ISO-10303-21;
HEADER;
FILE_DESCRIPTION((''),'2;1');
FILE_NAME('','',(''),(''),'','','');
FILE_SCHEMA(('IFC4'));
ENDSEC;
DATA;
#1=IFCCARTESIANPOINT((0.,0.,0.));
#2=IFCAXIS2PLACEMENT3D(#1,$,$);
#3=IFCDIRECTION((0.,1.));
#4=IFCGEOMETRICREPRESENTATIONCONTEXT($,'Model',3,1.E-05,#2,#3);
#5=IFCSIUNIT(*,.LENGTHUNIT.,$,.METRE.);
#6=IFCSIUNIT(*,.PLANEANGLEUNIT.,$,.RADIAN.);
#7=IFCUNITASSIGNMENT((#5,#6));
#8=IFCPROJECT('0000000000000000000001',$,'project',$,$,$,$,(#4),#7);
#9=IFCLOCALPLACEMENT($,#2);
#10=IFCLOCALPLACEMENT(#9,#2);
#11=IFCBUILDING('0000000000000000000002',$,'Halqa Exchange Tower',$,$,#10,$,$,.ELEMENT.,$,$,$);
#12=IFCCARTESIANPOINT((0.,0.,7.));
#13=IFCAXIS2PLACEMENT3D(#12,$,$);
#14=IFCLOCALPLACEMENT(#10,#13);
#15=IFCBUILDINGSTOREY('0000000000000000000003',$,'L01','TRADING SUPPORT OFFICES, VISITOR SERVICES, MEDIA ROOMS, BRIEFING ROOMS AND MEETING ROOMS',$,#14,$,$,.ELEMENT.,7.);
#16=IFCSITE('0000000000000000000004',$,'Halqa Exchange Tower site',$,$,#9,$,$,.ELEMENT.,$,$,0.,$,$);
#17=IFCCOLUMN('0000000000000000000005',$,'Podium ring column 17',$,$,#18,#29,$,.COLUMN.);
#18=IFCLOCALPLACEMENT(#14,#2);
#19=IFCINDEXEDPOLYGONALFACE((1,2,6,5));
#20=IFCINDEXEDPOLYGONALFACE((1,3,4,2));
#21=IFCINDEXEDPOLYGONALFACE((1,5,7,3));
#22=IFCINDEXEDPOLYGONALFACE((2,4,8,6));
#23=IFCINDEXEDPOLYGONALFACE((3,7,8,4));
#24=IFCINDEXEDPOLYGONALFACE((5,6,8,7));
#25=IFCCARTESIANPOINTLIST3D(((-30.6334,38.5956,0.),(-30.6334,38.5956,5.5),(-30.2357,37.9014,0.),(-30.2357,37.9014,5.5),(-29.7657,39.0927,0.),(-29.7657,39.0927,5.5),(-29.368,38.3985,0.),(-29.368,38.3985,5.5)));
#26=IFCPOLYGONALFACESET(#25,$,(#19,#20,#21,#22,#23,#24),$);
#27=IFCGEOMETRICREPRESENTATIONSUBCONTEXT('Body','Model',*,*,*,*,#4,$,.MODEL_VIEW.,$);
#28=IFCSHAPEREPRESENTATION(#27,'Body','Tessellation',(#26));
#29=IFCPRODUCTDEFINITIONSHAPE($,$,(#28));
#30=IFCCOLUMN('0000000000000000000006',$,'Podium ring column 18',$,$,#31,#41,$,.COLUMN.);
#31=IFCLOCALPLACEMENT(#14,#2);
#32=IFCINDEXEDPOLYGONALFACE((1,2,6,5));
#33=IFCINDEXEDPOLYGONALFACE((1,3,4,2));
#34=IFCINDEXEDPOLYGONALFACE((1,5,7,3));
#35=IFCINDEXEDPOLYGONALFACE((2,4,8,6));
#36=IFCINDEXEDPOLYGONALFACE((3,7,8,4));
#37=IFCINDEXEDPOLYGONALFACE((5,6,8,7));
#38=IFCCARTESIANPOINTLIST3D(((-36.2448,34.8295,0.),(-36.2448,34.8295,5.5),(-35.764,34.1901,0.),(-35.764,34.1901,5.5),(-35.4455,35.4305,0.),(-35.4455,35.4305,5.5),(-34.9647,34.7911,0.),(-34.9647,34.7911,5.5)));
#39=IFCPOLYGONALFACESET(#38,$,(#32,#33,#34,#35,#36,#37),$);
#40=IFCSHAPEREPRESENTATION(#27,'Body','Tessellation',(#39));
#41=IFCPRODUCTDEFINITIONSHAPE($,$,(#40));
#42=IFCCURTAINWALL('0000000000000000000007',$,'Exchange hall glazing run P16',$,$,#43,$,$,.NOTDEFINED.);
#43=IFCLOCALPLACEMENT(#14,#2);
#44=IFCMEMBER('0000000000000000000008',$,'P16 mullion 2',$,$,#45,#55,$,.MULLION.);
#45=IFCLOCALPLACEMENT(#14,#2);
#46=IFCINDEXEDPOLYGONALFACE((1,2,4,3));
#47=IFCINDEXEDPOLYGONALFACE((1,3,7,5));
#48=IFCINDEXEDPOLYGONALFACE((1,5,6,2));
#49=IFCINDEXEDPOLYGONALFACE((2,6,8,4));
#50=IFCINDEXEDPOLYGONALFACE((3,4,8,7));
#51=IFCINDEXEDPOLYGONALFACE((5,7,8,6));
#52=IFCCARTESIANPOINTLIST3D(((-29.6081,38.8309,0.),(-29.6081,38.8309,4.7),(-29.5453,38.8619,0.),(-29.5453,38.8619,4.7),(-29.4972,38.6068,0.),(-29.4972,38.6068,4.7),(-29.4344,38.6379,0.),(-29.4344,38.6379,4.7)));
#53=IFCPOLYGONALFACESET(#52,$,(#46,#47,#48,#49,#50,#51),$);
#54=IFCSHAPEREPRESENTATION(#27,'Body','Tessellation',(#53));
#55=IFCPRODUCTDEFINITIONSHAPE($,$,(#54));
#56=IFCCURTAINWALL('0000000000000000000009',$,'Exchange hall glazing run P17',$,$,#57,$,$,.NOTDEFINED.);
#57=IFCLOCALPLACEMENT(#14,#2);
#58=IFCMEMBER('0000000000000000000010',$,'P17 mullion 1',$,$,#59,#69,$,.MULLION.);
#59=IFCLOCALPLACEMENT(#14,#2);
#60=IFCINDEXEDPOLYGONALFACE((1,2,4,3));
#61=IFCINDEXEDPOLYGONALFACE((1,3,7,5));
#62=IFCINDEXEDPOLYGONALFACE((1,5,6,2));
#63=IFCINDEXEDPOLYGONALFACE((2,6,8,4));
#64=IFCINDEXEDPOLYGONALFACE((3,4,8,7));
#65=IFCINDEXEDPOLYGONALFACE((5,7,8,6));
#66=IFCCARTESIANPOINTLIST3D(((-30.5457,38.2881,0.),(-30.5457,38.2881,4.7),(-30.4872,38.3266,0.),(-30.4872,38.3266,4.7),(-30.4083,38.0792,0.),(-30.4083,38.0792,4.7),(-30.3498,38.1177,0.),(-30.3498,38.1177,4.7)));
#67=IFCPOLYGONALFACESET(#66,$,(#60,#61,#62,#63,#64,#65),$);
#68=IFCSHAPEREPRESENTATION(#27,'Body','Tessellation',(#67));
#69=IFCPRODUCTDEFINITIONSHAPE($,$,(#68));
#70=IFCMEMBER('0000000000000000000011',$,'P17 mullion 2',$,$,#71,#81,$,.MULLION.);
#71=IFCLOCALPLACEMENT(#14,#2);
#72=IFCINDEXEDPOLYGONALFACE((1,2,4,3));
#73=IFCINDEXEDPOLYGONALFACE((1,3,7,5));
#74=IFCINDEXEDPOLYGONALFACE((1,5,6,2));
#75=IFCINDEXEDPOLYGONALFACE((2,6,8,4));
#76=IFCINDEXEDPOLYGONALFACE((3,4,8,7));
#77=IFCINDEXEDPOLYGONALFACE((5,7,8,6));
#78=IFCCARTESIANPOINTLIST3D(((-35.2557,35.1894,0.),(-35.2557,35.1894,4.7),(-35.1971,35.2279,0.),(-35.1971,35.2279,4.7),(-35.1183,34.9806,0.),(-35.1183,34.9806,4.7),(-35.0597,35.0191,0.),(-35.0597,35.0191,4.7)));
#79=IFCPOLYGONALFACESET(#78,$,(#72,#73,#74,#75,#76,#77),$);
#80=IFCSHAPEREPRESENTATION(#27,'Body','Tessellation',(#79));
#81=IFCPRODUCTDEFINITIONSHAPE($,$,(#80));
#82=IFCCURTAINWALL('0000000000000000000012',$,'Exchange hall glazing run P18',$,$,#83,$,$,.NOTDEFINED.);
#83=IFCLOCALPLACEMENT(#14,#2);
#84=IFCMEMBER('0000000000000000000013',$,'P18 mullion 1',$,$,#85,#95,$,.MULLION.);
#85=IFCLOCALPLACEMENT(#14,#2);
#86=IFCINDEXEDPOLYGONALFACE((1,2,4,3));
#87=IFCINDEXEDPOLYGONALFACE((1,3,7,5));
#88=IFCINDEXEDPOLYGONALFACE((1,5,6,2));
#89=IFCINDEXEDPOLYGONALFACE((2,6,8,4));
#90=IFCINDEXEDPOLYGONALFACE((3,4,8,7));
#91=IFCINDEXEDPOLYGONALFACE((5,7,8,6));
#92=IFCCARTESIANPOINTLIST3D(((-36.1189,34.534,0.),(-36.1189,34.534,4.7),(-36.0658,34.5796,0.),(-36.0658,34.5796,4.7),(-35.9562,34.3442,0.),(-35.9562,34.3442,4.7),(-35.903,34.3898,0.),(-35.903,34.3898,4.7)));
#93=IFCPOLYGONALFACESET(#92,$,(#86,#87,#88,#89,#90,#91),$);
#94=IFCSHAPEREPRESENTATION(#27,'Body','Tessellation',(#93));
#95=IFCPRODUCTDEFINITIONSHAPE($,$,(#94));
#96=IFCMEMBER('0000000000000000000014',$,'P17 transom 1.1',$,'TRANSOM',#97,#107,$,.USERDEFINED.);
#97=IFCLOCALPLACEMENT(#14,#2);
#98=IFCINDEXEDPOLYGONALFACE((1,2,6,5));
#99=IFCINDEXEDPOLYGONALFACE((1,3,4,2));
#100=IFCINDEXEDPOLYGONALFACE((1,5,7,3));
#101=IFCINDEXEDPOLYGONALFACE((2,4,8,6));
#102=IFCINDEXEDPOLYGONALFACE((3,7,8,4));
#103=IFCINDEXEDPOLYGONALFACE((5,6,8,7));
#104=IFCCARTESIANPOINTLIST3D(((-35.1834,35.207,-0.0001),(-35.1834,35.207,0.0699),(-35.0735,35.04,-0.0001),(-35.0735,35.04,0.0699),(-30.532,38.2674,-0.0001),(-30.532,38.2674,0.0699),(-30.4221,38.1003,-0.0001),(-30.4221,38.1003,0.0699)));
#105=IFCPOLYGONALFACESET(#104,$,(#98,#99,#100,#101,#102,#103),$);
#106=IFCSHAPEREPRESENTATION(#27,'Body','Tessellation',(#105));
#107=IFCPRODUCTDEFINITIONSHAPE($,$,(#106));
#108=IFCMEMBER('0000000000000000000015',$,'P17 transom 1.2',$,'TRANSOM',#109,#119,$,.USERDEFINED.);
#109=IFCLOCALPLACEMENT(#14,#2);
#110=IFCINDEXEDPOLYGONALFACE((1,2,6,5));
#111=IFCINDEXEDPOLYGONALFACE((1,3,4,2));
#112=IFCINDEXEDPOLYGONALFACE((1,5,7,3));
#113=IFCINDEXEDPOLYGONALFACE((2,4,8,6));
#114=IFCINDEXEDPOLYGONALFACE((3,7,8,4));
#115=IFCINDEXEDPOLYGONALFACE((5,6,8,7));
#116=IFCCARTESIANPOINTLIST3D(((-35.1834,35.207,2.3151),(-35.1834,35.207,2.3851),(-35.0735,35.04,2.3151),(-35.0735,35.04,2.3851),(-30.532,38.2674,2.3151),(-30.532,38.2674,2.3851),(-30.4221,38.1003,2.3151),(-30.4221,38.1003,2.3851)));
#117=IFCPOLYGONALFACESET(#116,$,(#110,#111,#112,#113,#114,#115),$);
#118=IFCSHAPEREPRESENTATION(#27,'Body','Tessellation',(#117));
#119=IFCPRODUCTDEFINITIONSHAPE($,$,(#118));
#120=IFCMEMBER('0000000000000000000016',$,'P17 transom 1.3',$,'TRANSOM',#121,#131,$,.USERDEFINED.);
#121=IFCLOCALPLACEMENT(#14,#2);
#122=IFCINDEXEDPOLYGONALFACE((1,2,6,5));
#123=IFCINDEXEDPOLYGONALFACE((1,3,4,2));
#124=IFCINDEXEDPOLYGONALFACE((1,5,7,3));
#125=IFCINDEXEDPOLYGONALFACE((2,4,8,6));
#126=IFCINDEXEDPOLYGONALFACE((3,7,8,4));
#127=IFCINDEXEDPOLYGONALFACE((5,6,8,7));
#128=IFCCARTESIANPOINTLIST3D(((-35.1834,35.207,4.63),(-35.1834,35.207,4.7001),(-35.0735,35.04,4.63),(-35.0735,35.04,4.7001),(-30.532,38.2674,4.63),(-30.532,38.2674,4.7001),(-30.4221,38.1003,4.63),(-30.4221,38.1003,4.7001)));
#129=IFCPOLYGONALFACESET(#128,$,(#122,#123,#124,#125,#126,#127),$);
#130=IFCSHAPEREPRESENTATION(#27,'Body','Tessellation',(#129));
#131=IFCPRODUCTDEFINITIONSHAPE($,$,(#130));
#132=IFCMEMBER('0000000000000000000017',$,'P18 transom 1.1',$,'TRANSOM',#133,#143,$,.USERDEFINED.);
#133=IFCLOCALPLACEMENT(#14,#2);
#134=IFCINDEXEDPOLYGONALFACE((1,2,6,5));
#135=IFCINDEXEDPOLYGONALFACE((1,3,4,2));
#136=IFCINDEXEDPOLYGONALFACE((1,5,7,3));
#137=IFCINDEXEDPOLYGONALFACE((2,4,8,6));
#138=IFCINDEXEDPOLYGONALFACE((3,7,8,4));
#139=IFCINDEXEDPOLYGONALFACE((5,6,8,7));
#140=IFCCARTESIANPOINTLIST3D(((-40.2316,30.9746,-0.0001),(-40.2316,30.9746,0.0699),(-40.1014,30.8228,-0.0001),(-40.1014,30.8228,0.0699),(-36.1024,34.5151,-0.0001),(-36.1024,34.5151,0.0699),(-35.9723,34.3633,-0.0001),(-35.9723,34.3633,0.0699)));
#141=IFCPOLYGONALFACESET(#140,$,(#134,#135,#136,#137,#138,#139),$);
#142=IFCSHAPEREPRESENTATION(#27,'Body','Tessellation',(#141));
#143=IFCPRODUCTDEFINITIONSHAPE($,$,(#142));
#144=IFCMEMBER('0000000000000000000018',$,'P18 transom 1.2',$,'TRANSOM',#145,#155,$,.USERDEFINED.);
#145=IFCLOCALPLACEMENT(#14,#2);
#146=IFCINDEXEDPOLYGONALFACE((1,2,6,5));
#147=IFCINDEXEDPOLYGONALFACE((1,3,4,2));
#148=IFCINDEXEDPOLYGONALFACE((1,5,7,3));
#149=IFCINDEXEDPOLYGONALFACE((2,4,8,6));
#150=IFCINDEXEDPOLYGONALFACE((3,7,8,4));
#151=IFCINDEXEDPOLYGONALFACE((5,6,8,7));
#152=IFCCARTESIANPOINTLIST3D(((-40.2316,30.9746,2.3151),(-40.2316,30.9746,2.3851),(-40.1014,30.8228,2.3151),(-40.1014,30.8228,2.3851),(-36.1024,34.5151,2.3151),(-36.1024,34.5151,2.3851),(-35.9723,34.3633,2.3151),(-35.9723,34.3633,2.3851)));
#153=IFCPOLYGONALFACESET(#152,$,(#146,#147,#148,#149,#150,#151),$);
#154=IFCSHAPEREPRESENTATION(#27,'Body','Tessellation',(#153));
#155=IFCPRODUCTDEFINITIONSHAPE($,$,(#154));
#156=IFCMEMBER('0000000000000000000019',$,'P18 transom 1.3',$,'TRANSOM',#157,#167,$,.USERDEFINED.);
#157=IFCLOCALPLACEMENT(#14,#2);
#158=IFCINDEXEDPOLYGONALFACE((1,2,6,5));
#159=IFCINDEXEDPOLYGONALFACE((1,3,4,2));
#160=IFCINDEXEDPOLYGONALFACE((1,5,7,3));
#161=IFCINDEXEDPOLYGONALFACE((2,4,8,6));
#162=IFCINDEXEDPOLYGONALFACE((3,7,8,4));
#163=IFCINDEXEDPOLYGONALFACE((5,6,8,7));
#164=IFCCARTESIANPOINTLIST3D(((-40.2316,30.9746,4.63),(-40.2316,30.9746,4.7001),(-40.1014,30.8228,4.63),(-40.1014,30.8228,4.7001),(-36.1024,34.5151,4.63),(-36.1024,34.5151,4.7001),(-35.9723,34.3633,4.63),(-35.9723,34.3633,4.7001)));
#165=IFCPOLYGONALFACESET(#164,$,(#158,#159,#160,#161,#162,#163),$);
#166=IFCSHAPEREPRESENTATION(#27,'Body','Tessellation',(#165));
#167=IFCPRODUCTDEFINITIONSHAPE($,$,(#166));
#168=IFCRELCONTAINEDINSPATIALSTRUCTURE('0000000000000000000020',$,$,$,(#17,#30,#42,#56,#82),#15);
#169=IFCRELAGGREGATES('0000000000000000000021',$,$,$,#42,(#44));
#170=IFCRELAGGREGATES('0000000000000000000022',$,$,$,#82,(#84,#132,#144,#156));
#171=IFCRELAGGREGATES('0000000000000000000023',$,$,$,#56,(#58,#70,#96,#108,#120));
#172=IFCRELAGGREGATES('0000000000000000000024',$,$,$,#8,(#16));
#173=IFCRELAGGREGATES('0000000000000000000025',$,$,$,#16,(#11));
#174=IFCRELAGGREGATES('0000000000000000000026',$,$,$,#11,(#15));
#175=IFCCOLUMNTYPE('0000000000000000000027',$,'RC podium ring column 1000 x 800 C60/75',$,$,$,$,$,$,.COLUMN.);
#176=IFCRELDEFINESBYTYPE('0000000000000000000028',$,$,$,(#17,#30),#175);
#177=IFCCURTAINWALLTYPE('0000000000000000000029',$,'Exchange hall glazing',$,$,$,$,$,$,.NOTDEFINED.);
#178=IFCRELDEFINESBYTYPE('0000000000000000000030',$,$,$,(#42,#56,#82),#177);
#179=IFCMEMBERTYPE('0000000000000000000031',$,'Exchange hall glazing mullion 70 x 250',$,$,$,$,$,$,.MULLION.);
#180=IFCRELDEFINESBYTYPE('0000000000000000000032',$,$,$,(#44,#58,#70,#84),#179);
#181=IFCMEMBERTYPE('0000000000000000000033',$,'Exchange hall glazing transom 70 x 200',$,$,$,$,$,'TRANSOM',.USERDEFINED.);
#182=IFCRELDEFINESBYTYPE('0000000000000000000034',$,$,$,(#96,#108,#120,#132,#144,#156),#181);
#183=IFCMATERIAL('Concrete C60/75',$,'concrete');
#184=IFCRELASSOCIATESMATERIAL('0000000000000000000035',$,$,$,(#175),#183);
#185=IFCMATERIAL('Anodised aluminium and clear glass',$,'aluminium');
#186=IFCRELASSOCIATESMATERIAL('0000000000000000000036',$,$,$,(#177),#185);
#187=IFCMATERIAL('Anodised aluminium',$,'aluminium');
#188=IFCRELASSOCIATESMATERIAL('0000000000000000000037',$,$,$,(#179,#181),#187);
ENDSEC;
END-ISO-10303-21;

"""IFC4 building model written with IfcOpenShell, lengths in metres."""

from ifc_helpers import new_model, si_unit, direction, frame, origin, origin_2d, place, context, subcontext, project, spatial, rectangle, extrude, material, material_profile, profile_set, type_object, element, aggregate, save


model = new_model("IFC4")

# Units and contexts
model_context = context("Model", 3, precision=1e-05, world=origin(), true_north=direction((0.0, 1.0)))
body_context = subcontext(model_context, "Body", "Model", "MODEL_VIEW")
ifc_project = project(units=[si_unit("LENGTHUNIT", "METRE"), si_unit("PLANEANGLEUNIT", "RADIAN")], contexts=[model_context])

# Site, building, storey
site_placement = place(None, origin())
site = spatial("IfcSite", under=ifc_project, at=site_placement, Name="Halqa Exchange Tower site", CompositionType="ELEMENT", RefElevation=0.0)
building_placement = place(site_placement, origin())
building = spatial("IfcBuilding", under=site, at=building_placement, Name="Halqa Exchange Tower", CompositionType="ELEMENT")
storey_placement = place(building_placement, frame((0.0, 0.0, 7.0)))
storey = spatial("IfcBuildingStorey", under=building, at=storey_placement, Name="L01", Description="TRADING SUPPORT OFFICES, VISITOR SERVICES, MEDIA ROOMS, BRIEFING ROOMS AND MEETING ROOMS", CompositionType="ELEMENT", Elevation=7.0)

# Columns
ifc_material_1 = material(Name="Concrete C60/75", Category="concrete")
ifc_material_profile_1 = material_profile(ifc_material_1, rectangle(XDim=1.0, YDim=0.8, at=origin_2d()), Name="1000 x 800")
ifc_profile_set_1 = profile_set([ifc_material_profile_1], Name="Concrete C60/75")
column_type = type_object("IfcColumnType", Name="RC podium ring column 1000 x 800 C60/75", PredefinedType="COLUMN", material=ifc_profile_set_1)
for number, where, z_axis, x_axis, name in (
    (1, (-30.0007, 38.4971, 0.0), (0.0, 0.0, 1.0), (-0.867693, -0.4971, 0.0), "Podium ring column 17"),
    (2, (-35.6047, 34.8103, 0.0), (0.0, 0.0, 1.0), (-0.79926, -0.600985, 0.0), "Podium ring column 18"),
):
    element("IfcColumn", number, at=place(storey_placement, frame(where, z_axis=z_axis, x_axis=x_axis)), inside=storey, type_object=column_type, Name=name, PredefinedType="COLUMN", context=body_context, shape_type="SweptSolid", body=[
        extrude(rectangle(XDim=1.0, YDim=0.8, at=origin_2d()), origin(), (0.0, 0.0, 1.0), 5.5),
    ])

# Curtain wall, member
ifc_material_2 = material(Name="Anodised aluminium and clear glass", Category="aluminium")
curtain_wall_type = type_object("IfcCurtainWallType", Name="Exchange hall glazing", PredefinedType="NOTDEFINED", material=ifc_material_2)
curtain_wall_1_placement = place(storey_placement, origin())
curtain_wall_1 = element("IfcCurtainWall", 3, at=curtain_wall_1_placement, inside=storey, type_object=curtain_wall_type, Name="Exchange hall glazing run P16", PredefinedType="NOTDEFINED")
ifc_material_3 = material(Name="Anodised aluminium", Category="aluminium")
ifc_material_profile_2 = material_profile(ifc_material_3, rectangle(XDim=0.25, YDim=0.0701, at=origin_2d()), Name="AL 70x250")
ifc_profile_set_2 = profile_set([ifc_material_profile_2], Name="Anodised aluminium")
member_type_1 = type_object("IfcMemberType", Name="Exchange hall glazing mullion 70 x 250", PredefinedType="MULLION", material=ifc_profile_set_2)
member_1_placement = place(storey_placement, frame((-29.5212, 38.7344, 0.0), z_axis=(0.0, 0.0, 1.0), x_axis=(0.443653, -0.896198, 0.0)))
member_1 = element("IfcMember", 4, at=member_1_placement, type_object=member_type_1, Name="P16 mullion 2", PredefinedType="MULLION", context=body_context, shape_type="SweptSolid", body=[
    extrude(rectangle(XDim=0.25, YDim=0.0701, at=origin_2d()), origin(), (0.0, 0.0, 1.0), 4.7),
])
aggregate(curtain_wall_1, [member_1])

# Curtain wall, members
curtain_wall_2_placement = place(storey_placement, origin())
curtain_wall_2 = element("IfcCurtainWall", 5, at=curtain_wall_2_placement, inside=storey, type_object=curtain_wall_type, Name="Exchange hall glazing run P17", PredefinedType="NOTDEFINED")
member_2_placement = place(storey_placement, frame((-30.4478, 38.2029, 0.0), z_axis=(0.0, 0.0, 1.0), x_axis=(0.54962, -0.835415, 0.0)))
member_2 = element("IfcMember", 6, at=member_2_placement, type_object=member_type_1, Name="P17 mullion 1", PredefinedType="MULLION", context=body_context, shape_type="SweptSolid", body=[
    extrude(rectangle(XDim=0.25, YDim=0.0701, at=origin_2d()), origin(), (0.0, 0.0, 1.0), 4.7),
])
member_3_placement = place(storey_placement, frame((-35.1577, 35.1042, 0.0), z_axis=(0.0, 0.0, 1.0), x_axis=(0.54962, -0.835415, 0.0)))
member_3 = element("IfcMember", 7, at=member_3_placement, type_object=member_type_1, Name="P17 mullion 2", PredefinedType="MULLION", context=body_context, shape_type="SweptSolid", body=[
    extrude(rectangle(XDim=0.25, YDim=0.0701, at=origin_2d()), origin(), (0.0, 0.0, 1.0), 4.7),
])

# Curtain wall, member
curtain_wall_3_placement = place(storey_placement, origin())
curtain_wall_3 = element("IfcCurtainWall", 8, at=curtain_wall_3_placement, inside=storey, type_object=curtain_wall_type, Name="Exchange hall glazing run P18", PredefinedType="NOTDEFINED")
member_4_placement = place(storey_placement, frame((-36.011, 34.4619, 0.0), z_axis=(0.0, 0.0, 1.0), x_axis=(0.650911, -0.759154, 0.0)))
member_4 = element("IfcMember", 9, at=member_4_placement, type_object=member_type_1, Name="P18 mullion 1", PredefinedType="MULLION", context=body_context, shape_type="SweptSolid", body=[
    extrude(rectangle(XDim=0.25, YDim=0.0701, at=origin_2d()), origin(), (0.0, 0.0, 1.0), 4.7),
])

# Members
ifc_material_profile_3 = material_profile(ifc_material_3, rectangle(XDim=0.2, YDim=0.0701, at=origin_2d()), Name="AL 70x200")
ifc_profile_set_3 = profile_set([ifc_material_profile_3], Name="Anodised aluminium")
member_type_2 = type_object("IfcMemberType", Name="Exchange hall glazing transom 70 x 200", ElementType="TRANSOM", PredefinedType="USERDEFINED", material=ifc_profile_set_3)
member_5_placement = place(storey_placement, frame((-30.4771, 38.1838, 0.0349), z_axis=(-0.835401, -0.549641, 0.0), x_axis=(0.549641, -0.835401, 0.0)))
member_5 = element("IfcMember", 10, at=member_5_placement, type_object=member_type_2, Name="P17 transom 1.1", ObjectType="TRANSOM", PredefinedType="USERDEFINED", context=body_context, shape_type="SweptSolid", body=[
    extrude(rectangle(XDim=0.2, YDim=0.0701, at=origin_2d()), origin(), (0.0, 0.0, 1.0), 5.5679),
])
member_6_placement = place(storey_placement, frame((-30.4771, 38.1838, 2.3501), z_axis=(-0.835401, -0.549641, 0.0), x_axis=(0.549641, -0.835401, 0.0)))
member_6 = element("IfcMember", 11, at=member_6_placement, type_object=member_type_2, Name="P17 transom 1.2", ObjectType="TRANSOM", PredefinedType="USERDEFINED", context=body_context, shape_type="SweptSolid", body=[
    extrude(rectangle(XDim=0.2, YDim=0.0701, at=origin_2d()), origin(), (0.0, 0.0, 1.0), 5.5679),
])
member_7_placement = place(storey_placement, frame((-30.4771, 38.1838, 4.665), z_axis=(-0.835401, -0.549641, 0.0), x_axis=(0.549641, -0.835401, 0.0)))
member_7 = element("IfcMember", 12, at=member_7_placement, type_object=member_type_2, Name="P17 transom 1.3", ObjectType="TRANSOM", PredefinedType="USERDEFINED", context=body_context, shape_type="SweptSolid", body=[
    extrude(rectangle(XDim=0.2, YDim=0.0701, at=origin_2d()), origin(), (0.0, 0.0, 1.0), 5.5679),
])
member_8_placement = place(storey_placement, frame((-36.0374, 34.4392, 0.0349), z_axis=(-0.759143, -0.650924, 0.0), x_axis=(0.650924, -0.759143, 0.0)))
member_8 = element("IfcMember", 13, at=member_8_placement, type_object=member_type_2, Name="P18 transom 1.1", ObjectType="TRANSOM", PredefinedType="USERDEFINED", context=body_context, shape_type="SweptSolid", body=[
    extrude(rectangle(XDim=0.2, YDim=0.0701, at=origin_2d()), origin(), (0.0, 0.0, 1.0), 5.4392),
])
member_9_placement = place(storey_placement, frame((-36.0374, 34.4392, 2.3501), z_axis=(-0.759143, -0.650924, 0.0), x_axis=(0.650924, -0.759143, 0.0)))
member_9 = element("IfcMember", 14, at=member_9_placement, type_object=member_type_2, Name="P18 transom 1.2", ObjectType="TRANSOM", PredefinedType="USERDEFINED", context=body_context, shape_type="SweptSolid", body=[
    extrude(rectangle(XDim=0.2, YDim=0.0701, at=origin_2d()), origin(), (0.0, 0.0, 1.0), 5.4392),
])
member_10_placement = place(storey_placement, frame((-36.0374, 34.4392, 4.665), z_axis=(-0.759143, -0.650924, 0.0), x_axis=(0.650924, -0.759143, 0.0)))
member_10 = element("IfcMember", 15, at=member_10_placement, type_object=member_type_2, Name="P18 transom 1.3", ObjectType="TRANSOM", PredefinedType="USERDEFINED", context=body_context, shape_type="SweptSolid", body=[
    extrude(rectangle(XDim=0.2, YDim=0.0701, at=origin_2d()), origin(), (0.0, 0.0, 1.0), 5.4392),
])
aggregate(curtain_wall_3, [member_4, member_8, member_9, member_10])

aggregate(curtain_wall_2, [member_2, member_3, member_5, member_6, member_7])

save(model, "model.ifc")
